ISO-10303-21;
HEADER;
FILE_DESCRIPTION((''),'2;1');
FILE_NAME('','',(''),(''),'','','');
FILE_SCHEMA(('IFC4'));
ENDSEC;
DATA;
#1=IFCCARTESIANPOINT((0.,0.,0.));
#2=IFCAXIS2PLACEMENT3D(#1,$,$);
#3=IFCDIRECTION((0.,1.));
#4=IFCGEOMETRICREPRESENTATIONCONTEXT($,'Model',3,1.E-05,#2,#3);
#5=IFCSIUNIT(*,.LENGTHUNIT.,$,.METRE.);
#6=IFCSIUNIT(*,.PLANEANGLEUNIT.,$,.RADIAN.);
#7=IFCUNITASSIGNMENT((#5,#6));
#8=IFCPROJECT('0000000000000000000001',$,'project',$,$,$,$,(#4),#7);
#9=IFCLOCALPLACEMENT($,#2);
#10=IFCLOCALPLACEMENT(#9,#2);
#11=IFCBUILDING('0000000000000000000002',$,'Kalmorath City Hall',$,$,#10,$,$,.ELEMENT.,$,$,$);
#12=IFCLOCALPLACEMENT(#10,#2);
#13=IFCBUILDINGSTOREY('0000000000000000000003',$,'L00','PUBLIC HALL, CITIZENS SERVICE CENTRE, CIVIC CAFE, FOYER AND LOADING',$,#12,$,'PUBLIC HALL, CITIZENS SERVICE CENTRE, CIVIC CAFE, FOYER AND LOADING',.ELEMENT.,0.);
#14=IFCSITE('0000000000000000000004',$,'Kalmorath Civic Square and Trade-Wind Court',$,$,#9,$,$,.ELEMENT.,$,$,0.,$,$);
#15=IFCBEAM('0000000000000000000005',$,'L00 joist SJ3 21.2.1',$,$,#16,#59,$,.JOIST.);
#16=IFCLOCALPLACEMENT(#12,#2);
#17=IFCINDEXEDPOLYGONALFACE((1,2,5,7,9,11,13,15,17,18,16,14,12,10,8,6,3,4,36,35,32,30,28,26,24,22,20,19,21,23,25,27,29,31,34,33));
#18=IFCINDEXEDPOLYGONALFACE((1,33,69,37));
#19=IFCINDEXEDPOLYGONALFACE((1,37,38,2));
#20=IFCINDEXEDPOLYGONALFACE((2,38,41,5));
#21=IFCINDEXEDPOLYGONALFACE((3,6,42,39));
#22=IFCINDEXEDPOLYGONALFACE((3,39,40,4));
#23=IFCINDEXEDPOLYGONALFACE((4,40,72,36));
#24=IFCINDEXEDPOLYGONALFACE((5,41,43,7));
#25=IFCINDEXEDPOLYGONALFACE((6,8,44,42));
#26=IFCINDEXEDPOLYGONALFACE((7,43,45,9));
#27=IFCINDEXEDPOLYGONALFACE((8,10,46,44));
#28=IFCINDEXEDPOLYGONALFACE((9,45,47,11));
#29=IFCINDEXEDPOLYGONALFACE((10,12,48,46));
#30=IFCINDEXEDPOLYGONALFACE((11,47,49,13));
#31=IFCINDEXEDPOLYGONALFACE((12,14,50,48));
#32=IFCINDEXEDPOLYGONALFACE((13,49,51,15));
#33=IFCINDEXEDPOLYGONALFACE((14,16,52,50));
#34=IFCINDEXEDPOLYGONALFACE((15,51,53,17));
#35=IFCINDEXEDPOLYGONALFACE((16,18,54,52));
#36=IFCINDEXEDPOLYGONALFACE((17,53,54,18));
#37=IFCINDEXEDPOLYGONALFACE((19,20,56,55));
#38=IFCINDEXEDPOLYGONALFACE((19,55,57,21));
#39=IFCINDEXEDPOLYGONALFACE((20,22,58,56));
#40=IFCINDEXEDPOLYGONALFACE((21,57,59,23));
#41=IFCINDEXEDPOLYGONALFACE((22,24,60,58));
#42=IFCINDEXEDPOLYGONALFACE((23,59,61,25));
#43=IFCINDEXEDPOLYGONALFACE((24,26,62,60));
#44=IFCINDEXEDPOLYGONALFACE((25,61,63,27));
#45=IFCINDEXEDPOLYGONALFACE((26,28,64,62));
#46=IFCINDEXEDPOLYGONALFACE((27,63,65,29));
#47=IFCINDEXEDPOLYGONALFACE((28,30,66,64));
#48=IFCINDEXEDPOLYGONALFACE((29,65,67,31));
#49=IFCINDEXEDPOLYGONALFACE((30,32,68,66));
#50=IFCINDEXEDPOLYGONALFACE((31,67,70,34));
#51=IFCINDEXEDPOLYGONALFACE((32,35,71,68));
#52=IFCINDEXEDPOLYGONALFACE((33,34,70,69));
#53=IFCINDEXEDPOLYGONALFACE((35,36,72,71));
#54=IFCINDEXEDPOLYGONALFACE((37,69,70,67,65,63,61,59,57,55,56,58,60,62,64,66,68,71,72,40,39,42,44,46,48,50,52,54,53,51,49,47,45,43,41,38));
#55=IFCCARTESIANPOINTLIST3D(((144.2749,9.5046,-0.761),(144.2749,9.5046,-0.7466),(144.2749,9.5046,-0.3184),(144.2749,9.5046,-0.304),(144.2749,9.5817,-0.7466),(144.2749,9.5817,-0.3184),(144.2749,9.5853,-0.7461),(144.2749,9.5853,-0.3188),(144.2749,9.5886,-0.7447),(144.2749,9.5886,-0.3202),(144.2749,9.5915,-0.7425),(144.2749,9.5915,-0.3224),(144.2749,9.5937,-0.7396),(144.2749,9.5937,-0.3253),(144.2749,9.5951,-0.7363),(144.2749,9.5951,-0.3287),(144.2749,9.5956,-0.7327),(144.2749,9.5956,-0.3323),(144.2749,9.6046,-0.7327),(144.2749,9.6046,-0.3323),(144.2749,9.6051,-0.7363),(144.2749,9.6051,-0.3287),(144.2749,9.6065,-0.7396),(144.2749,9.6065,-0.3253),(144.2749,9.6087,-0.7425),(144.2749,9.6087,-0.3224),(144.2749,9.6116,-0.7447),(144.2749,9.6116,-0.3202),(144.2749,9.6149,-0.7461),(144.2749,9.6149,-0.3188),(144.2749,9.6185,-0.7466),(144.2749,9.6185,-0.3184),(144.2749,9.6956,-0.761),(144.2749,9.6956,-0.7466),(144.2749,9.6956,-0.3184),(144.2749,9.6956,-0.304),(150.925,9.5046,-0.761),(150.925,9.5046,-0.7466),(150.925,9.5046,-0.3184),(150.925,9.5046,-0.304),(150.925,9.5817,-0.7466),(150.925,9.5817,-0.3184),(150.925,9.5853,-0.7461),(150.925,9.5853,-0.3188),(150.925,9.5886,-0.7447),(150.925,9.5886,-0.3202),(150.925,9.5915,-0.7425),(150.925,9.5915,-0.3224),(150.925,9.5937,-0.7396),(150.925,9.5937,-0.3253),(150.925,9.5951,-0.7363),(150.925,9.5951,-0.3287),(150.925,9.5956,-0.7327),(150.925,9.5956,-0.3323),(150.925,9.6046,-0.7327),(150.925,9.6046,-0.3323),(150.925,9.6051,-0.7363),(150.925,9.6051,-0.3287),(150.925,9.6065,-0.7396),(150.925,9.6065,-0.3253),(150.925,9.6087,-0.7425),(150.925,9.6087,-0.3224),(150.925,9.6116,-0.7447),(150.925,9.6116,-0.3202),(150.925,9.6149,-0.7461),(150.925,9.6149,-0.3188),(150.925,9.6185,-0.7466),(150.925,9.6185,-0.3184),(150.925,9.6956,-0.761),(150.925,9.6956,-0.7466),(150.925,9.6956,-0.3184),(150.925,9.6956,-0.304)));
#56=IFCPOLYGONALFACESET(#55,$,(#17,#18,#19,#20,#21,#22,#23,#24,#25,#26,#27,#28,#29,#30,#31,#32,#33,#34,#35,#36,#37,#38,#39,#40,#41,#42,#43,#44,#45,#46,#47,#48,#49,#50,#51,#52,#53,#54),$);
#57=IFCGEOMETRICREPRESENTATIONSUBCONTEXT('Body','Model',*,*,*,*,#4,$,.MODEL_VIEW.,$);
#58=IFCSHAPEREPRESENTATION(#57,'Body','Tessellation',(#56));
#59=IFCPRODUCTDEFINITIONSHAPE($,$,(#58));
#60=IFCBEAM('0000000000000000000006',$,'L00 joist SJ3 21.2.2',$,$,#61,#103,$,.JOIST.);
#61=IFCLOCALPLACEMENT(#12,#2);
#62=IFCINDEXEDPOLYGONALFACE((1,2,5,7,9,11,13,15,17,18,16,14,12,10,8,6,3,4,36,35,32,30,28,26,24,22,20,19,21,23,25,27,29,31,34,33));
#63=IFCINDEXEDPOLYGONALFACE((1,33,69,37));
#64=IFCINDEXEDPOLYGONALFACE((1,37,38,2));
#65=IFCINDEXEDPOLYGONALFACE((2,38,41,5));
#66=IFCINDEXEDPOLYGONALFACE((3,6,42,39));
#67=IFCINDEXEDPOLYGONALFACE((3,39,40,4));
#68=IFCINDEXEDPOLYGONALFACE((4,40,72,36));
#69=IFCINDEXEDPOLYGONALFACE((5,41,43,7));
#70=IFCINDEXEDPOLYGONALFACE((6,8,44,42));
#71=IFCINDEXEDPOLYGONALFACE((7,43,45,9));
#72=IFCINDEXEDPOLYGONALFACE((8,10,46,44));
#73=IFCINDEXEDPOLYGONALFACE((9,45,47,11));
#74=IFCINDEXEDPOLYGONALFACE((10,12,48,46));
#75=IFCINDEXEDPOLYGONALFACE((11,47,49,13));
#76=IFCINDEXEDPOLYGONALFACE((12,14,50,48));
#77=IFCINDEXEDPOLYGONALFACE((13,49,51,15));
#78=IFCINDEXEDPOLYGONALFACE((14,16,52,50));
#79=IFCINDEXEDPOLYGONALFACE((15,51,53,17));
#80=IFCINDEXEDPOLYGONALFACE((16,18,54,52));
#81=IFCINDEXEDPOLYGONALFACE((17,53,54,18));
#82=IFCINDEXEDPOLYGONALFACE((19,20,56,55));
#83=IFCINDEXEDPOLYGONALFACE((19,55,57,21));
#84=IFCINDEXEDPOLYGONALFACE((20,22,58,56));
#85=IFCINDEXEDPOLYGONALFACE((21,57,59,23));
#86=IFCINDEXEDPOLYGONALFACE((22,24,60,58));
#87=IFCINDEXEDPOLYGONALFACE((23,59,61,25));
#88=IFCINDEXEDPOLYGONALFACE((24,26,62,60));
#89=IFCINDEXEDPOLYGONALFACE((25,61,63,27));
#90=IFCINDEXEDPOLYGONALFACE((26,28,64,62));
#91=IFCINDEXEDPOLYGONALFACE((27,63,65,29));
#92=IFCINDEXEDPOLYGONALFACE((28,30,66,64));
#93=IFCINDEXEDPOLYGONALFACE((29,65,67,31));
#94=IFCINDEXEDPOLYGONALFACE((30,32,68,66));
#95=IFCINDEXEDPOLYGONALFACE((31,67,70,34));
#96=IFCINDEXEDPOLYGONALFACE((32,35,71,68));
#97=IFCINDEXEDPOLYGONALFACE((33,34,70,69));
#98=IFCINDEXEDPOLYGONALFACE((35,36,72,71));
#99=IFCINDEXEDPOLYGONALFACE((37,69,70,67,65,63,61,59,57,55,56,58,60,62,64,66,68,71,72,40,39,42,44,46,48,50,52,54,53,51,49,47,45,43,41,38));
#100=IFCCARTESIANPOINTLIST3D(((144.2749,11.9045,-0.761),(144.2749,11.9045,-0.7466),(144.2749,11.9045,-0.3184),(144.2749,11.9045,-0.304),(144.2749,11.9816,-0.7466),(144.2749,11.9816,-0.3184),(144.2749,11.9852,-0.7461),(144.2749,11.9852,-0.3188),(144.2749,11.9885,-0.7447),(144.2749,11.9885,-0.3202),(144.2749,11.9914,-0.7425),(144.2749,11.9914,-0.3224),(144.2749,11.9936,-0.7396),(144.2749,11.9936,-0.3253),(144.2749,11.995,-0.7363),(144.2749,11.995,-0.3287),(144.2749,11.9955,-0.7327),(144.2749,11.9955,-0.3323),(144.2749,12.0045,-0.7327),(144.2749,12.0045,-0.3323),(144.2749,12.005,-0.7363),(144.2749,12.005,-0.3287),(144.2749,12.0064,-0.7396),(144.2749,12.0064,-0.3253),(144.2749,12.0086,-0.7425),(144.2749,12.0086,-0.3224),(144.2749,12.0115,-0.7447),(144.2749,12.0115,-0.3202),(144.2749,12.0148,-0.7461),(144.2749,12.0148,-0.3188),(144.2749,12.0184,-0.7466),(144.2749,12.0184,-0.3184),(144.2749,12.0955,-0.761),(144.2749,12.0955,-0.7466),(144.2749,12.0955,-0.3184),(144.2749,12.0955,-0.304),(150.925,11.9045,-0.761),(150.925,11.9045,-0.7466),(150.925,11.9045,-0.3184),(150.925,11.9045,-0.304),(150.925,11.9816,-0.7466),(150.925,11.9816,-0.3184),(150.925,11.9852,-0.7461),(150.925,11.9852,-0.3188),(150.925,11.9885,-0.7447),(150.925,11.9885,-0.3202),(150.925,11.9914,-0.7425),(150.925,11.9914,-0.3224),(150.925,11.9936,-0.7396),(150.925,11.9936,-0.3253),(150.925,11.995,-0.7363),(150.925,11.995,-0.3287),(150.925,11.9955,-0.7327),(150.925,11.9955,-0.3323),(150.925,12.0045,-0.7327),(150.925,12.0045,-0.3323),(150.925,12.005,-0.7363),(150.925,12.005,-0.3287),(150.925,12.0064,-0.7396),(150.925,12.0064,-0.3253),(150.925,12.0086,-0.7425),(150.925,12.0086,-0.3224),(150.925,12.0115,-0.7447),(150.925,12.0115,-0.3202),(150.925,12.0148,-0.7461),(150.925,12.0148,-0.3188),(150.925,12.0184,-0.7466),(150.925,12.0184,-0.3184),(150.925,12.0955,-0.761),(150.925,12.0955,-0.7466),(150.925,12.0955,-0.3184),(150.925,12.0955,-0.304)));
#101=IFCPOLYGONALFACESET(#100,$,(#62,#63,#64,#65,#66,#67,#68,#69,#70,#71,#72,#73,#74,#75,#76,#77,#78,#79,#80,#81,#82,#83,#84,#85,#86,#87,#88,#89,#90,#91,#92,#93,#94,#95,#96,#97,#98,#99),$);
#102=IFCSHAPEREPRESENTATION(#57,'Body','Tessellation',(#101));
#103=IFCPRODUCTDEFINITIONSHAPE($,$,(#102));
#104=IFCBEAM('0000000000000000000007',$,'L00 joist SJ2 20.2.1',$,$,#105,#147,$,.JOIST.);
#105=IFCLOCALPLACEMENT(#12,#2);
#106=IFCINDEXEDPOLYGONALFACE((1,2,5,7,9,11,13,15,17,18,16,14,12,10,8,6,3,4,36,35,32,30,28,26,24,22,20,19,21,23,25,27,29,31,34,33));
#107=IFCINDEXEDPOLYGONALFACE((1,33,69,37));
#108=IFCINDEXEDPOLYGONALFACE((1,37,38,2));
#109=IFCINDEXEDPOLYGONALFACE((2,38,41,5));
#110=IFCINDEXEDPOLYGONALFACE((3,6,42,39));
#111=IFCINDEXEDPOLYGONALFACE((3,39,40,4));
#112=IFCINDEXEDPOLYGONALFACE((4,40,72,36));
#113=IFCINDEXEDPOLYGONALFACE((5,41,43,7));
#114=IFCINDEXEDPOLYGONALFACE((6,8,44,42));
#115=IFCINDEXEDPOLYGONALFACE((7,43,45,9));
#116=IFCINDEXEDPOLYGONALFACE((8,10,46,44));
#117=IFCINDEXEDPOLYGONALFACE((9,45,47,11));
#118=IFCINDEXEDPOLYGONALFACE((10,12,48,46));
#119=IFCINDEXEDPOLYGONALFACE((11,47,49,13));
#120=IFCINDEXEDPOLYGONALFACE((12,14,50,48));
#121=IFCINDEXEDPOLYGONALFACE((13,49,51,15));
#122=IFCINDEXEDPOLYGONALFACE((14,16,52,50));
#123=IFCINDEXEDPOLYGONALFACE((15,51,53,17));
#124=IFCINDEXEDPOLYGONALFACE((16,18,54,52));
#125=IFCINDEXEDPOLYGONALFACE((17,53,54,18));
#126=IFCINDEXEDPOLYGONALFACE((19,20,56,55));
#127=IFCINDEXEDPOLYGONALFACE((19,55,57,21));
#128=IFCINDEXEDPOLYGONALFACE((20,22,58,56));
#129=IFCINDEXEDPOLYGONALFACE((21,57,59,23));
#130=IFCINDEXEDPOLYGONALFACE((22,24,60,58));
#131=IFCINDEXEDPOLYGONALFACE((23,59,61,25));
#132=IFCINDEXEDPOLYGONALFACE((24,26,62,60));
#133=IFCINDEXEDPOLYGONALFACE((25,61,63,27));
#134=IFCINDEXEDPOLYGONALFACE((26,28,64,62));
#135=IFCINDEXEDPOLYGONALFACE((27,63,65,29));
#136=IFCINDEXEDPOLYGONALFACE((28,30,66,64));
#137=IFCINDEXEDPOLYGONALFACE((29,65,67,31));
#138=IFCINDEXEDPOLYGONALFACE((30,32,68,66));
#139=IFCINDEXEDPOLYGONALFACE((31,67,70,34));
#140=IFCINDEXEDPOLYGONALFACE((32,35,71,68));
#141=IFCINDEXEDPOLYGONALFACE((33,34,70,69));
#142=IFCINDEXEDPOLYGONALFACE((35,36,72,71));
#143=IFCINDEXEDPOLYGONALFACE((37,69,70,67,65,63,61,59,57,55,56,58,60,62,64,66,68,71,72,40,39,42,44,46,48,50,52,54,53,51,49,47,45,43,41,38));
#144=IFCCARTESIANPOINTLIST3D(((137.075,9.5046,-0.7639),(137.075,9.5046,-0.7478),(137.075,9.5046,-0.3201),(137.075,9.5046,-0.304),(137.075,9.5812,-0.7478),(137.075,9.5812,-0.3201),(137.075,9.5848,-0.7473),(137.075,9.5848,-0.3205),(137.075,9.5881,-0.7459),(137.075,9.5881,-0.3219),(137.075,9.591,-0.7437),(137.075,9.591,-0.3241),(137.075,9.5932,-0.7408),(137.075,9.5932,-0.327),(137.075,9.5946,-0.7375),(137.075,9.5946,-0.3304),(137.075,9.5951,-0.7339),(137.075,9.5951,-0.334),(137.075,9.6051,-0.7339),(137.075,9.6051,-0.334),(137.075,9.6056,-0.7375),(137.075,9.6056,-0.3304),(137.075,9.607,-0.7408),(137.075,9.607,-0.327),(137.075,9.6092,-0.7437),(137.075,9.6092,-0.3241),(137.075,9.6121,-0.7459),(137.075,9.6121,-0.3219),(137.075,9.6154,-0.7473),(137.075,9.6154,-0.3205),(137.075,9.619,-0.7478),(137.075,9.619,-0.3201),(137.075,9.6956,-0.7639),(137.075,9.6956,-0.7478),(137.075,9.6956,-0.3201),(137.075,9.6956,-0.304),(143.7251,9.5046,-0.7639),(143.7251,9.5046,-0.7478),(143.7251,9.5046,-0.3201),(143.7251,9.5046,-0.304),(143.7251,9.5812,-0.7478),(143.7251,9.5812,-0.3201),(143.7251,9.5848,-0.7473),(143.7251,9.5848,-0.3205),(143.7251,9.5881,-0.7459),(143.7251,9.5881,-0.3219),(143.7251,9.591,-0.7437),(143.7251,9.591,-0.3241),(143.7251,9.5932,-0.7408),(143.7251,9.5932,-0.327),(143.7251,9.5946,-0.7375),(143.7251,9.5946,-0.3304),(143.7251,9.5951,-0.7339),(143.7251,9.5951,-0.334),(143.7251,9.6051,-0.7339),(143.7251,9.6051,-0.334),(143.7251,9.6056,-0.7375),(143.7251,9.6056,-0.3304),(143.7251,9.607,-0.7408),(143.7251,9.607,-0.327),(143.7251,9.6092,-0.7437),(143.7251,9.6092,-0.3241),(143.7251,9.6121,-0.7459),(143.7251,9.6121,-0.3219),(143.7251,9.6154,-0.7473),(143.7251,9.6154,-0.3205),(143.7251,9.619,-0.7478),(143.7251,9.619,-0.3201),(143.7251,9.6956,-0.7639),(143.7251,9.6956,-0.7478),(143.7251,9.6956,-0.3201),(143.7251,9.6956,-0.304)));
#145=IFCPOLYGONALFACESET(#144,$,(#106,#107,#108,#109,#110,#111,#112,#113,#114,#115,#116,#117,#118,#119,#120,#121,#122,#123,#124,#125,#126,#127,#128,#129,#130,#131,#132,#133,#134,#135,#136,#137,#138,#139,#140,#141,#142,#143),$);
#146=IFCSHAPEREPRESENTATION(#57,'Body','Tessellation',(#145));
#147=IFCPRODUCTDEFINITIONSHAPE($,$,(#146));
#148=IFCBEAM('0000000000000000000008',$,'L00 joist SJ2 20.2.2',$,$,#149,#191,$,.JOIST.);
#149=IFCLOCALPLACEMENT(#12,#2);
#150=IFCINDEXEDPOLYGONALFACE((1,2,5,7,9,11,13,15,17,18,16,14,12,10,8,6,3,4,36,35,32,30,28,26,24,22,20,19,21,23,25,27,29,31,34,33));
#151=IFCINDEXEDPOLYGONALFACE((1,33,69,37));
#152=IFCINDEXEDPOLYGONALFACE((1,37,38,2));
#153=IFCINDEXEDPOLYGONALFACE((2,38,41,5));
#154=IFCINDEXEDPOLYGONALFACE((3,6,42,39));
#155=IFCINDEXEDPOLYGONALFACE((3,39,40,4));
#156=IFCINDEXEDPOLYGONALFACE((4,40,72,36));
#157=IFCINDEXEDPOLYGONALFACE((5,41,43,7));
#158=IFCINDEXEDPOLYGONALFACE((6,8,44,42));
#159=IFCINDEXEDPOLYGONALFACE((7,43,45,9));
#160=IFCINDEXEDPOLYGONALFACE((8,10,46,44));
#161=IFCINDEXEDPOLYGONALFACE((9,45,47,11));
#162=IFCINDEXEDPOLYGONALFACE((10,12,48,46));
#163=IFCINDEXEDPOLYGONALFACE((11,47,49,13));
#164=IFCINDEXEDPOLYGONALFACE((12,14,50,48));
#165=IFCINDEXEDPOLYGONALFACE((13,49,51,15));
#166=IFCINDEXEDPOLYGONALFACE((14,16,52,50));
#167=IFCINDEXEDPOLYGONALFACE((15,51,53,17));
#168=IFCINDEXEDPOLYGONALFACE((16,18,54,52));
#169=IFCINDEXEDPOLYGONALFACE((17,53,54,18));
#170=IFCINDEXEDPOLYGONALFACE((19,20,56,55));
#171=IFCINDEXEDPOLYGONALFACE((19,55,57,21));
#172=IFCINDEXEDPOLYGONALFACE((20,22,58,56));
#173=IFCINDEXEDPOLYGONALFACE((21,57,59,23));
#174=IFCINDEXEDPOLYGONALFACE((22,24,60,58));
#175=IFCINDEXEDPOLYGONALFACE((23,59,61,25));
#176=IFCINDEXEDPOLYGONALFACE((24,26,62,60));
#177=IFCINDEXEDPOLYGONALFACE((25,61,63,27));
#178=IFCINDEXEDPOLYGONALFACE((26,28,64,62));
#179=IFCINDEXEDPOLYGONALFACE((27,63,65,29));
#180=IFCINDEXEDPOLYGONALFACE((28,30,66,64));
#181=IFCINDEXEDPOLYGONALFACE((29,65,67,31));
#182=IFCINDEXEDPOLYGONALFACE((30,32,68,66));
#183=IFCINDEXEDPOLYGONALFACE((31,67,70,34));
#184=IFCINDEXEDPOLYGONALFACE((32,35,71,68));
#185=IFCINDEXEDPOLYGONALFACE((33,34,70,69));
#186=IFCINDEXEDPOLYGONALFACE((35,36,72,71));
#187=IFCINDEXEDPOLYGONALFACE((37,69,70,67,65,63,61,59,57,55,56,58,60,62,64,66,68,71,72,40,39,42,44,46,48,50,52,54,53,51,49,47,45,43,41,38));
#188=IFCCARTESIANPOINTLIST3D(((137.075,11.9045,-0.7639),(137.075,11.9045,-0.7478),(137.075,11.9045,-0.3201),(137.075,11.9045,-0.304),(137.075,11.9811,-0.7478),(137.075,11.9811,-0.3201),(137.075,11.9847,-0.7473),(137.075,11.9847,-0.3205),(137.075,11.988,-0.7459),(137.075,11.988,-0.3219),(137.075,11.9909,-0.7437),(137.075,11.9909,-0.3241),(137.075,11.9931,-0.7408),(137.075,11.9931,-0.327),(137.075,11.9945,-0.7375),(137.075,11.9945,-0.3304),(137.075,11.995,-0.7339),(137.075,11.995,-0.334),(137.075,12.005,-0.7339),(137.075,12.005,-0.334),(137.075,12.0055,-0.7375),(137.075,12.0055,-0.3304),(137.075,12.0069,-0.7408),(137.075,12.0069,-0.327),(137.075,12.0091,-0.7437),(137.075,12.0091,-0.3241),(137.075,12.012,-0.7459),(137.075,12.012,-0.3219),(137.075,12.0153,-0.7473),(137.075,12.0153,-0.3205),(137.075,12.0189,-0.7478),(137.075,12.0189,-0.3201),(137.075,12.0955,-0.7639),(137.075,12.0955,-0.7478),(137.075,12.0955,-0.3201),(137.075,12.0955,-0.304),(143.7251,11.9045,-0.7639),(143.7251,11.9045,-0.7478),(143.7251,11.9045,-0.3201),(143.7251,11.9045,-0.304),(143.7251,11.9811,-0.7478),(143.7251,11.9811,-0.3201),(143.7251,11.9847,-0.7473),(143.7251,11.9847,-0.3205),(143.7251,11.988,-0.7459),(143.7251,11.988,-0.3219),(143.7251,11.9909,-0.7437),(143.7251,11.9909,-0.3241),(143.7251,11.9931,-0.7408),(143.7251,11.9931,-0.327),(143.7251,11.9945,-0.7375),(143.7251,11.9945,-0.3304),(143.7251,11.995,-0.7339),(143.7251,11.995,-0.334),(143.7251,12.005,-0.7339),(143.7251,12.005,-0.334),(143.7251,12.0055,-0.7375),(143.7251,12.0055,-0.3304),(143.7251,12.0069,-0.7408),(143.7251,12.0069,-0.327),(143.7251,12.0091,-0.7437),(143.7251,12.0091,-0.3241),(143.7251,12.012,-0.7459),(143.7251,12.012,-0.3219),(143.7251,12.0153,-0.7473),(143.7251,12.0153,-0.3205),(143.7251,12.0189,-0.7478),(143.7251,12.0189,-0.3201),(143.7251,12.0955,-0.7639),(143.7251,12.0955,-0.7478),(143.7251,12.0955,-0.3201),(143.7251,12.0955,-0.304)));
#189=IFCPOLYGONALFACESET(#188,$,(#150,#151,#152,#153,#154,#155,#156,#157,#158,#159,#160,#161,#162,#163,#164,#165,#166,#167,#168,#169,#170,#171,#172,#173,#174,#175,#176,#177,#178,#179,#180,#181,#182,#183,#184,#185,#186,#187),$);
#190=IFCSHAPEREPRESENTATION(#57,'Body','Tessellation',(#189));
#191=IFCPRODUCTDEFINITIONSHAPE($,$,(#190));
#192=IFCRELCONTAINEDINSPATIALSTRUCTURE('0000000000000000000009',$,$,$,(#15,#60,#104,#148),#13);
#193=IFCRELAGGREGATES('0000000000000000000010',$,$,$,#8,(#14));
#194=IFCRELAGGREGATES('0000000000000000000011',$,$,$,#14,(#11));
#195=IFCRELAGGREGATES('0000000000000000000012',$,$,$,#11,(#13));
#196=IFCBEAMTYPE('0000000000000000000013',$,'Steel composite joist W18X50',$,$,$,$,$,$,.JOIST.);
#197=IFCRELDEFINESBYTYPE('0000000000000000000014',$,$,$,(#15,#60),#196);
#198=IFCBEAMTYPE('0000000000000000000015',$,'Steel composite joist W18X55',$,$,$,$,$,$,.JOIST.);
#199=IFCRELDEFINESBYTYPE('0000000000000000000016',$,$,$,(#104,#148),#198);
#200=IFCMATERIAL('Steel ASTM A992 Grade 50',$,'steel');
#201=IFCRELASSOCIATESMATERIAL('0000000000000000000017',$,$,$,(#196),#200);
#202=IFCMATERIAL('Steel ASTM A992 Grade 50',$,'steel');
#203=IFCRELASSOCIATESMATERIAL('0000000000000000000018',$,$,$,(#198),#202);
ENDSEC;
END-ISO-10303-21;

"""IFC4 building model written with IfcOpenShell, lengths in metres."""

from ifc_helpers import new_model, si_unit, direction, frame, origin, origin_2d, place, context, subcontext, project, spatial, i_section, extrude, material, material_profile, profile_set, type_object, element, save


model = new_model("IFC4")

# Units and contexts
model_context = context("Model", 3, precision=1e-05, world=origin(), true_north=direction((0.0, 1.0)))
body_context = subcontext(model_context, "Body", "Model", "MODEL_VIEW")
ifc_project = project(units=[si_unit("LENGTHUNIT", "METRE"), si_unit("PLANEANGLEUNIT", "RADIAN")], contexts=[model_context])

# Site, building, storey
site_placement = place(None, origin())
site = spatial("IfcSite", under=ifc_project, at=site_placement, Name="Kalmorath Civic Square and Trade-Wind Court", CompositionType="ELEMENT", RefElevation=0.0)
building_placement = place(site_placement, origin())
building = spatial("IfcBuilding", under=site, at=building_placement, Name="Kalmorath City Hall", CompositionType="ELEMENT")
storey_placement = place(building_placement, origin())
storey = spatial("IfcBuildingStorey", under=building, at=storey_placement, Name="L00", Description="PUBLIC HALL, CITIZENS SERVICE CENTRE, CIVIC CAFE, FOYER AND LOADING", LongName="PUBLIC HALL, CITIZENS SERVICE CENTRE, CIVIC CAFE, FOYER AND LOADING", CompositionType="ELEMENT", Elevation=0.0)

# Beams
ifc_material_1 = material(Name="Steel ASTM A992 Grade 50", Category="steel")
ifc_material_profile_1 = material_profile(ifc_material_1, i_section(OverallWidth=0.1909, OverallDepth=0.457, WebThickness=0.009, FlangeThickness=0.0144, FilletRadius=0.0139, at=origin_2d()), Name="W18X50")
ifc_profile_set_1 = profile_set([ifc_material_profile_1], Name="Steel ASTM A992 Grade 50")
beam_type_1 = type_object("IfcBeamType", Name="Steel composite joist W18X50", PredefinedType="JOIST", material=ifc_profile_set_1)
for number, where, z_axis, x_axis, name in (
    (1, (144.2749, 9.6001, -0.5325), (1.0, 0.0, 0.0), (0.0, 1.0, 0.0), "L00 joist SJ3 21.2.1"),
    (2, (144.2749, 12.0, -0.5325), (1.0, 0.0, 0.0), (0.0, 1.0, 0.0), "L00 joist SJ3 21.2.2"),
):
    element("IfcBeam", number, at=place(storey_placement, frame(where, z_axis=z_axis, x_axis=x_axis)), inside=storey, type_object=beam_type_1, Name=name, PredefinedType="JOIST", context=body_context, shape_type="SweptSolid", body=[
        extrude(i_section(OverallWidth=0.1909, OverallDepth=0.457, WebThickness=0.009, FlangeThickness=0.0144, FilletRadius=0.0139, at=origin_2d()), origin(), (0.0, 0.0, 1.0), 6.6501),
    ])
ifc_material_2 = material(Name="Steel ASTM A992 Grade 50", Category="steel")
ifc_material_profile_2 = material_profile(ifc_material_2, i_section(OverallWidth=0.1909, OverallDepth=0.46, WebThickness=0.01, FlangeThickness=0.0161, FilletRadius=0.0139, at=origin_2d()), Name="W18X55")
ifc_profile_set_2 = profile_set([ifc_material_profile_2], Name="Steel ASTM A992 Grade 50")
beam_type_2 = type_object("IfcBeamType", Name="Steel composite joist W18X55", PredefinedType="JOIST", material=ifc_profile_set_2)
for number, where, z_axis, x_axis, name in (
    (3, (137.075, 9.6001, -0.5339), (1.0, 0.0, 0.0), (0.0, 1.0, 0.0), "L00 joist SJ2 20.2.1"),
    (4, (137.075, 12.0, -0.5339), (1.0, 0.0, 0.0), (0.0, 1.0, 0.0), "L00 joist SJ2 20.2.2"),
):
    element("IfcBeam", number, at=place(storey_placement, frame(where, z_axis=z_axis, x_axis=x_axis)), inside=storey, type_object=beam_type_2, Name=name, PredefinedType="JOIST", context=body_context, shape_type="SweptSolid", body=[
        extrude(i_section(OverallWidth=0.1909, OverallDepth=0.46, WebThickness=0.01, FlangeThickness=0.0161, FilletRadius=0.0139, at=origin_2d()), origin(), (0.0, 0.0, 1.0), 6.6501),
    ])

save(model, "model.ifc")
